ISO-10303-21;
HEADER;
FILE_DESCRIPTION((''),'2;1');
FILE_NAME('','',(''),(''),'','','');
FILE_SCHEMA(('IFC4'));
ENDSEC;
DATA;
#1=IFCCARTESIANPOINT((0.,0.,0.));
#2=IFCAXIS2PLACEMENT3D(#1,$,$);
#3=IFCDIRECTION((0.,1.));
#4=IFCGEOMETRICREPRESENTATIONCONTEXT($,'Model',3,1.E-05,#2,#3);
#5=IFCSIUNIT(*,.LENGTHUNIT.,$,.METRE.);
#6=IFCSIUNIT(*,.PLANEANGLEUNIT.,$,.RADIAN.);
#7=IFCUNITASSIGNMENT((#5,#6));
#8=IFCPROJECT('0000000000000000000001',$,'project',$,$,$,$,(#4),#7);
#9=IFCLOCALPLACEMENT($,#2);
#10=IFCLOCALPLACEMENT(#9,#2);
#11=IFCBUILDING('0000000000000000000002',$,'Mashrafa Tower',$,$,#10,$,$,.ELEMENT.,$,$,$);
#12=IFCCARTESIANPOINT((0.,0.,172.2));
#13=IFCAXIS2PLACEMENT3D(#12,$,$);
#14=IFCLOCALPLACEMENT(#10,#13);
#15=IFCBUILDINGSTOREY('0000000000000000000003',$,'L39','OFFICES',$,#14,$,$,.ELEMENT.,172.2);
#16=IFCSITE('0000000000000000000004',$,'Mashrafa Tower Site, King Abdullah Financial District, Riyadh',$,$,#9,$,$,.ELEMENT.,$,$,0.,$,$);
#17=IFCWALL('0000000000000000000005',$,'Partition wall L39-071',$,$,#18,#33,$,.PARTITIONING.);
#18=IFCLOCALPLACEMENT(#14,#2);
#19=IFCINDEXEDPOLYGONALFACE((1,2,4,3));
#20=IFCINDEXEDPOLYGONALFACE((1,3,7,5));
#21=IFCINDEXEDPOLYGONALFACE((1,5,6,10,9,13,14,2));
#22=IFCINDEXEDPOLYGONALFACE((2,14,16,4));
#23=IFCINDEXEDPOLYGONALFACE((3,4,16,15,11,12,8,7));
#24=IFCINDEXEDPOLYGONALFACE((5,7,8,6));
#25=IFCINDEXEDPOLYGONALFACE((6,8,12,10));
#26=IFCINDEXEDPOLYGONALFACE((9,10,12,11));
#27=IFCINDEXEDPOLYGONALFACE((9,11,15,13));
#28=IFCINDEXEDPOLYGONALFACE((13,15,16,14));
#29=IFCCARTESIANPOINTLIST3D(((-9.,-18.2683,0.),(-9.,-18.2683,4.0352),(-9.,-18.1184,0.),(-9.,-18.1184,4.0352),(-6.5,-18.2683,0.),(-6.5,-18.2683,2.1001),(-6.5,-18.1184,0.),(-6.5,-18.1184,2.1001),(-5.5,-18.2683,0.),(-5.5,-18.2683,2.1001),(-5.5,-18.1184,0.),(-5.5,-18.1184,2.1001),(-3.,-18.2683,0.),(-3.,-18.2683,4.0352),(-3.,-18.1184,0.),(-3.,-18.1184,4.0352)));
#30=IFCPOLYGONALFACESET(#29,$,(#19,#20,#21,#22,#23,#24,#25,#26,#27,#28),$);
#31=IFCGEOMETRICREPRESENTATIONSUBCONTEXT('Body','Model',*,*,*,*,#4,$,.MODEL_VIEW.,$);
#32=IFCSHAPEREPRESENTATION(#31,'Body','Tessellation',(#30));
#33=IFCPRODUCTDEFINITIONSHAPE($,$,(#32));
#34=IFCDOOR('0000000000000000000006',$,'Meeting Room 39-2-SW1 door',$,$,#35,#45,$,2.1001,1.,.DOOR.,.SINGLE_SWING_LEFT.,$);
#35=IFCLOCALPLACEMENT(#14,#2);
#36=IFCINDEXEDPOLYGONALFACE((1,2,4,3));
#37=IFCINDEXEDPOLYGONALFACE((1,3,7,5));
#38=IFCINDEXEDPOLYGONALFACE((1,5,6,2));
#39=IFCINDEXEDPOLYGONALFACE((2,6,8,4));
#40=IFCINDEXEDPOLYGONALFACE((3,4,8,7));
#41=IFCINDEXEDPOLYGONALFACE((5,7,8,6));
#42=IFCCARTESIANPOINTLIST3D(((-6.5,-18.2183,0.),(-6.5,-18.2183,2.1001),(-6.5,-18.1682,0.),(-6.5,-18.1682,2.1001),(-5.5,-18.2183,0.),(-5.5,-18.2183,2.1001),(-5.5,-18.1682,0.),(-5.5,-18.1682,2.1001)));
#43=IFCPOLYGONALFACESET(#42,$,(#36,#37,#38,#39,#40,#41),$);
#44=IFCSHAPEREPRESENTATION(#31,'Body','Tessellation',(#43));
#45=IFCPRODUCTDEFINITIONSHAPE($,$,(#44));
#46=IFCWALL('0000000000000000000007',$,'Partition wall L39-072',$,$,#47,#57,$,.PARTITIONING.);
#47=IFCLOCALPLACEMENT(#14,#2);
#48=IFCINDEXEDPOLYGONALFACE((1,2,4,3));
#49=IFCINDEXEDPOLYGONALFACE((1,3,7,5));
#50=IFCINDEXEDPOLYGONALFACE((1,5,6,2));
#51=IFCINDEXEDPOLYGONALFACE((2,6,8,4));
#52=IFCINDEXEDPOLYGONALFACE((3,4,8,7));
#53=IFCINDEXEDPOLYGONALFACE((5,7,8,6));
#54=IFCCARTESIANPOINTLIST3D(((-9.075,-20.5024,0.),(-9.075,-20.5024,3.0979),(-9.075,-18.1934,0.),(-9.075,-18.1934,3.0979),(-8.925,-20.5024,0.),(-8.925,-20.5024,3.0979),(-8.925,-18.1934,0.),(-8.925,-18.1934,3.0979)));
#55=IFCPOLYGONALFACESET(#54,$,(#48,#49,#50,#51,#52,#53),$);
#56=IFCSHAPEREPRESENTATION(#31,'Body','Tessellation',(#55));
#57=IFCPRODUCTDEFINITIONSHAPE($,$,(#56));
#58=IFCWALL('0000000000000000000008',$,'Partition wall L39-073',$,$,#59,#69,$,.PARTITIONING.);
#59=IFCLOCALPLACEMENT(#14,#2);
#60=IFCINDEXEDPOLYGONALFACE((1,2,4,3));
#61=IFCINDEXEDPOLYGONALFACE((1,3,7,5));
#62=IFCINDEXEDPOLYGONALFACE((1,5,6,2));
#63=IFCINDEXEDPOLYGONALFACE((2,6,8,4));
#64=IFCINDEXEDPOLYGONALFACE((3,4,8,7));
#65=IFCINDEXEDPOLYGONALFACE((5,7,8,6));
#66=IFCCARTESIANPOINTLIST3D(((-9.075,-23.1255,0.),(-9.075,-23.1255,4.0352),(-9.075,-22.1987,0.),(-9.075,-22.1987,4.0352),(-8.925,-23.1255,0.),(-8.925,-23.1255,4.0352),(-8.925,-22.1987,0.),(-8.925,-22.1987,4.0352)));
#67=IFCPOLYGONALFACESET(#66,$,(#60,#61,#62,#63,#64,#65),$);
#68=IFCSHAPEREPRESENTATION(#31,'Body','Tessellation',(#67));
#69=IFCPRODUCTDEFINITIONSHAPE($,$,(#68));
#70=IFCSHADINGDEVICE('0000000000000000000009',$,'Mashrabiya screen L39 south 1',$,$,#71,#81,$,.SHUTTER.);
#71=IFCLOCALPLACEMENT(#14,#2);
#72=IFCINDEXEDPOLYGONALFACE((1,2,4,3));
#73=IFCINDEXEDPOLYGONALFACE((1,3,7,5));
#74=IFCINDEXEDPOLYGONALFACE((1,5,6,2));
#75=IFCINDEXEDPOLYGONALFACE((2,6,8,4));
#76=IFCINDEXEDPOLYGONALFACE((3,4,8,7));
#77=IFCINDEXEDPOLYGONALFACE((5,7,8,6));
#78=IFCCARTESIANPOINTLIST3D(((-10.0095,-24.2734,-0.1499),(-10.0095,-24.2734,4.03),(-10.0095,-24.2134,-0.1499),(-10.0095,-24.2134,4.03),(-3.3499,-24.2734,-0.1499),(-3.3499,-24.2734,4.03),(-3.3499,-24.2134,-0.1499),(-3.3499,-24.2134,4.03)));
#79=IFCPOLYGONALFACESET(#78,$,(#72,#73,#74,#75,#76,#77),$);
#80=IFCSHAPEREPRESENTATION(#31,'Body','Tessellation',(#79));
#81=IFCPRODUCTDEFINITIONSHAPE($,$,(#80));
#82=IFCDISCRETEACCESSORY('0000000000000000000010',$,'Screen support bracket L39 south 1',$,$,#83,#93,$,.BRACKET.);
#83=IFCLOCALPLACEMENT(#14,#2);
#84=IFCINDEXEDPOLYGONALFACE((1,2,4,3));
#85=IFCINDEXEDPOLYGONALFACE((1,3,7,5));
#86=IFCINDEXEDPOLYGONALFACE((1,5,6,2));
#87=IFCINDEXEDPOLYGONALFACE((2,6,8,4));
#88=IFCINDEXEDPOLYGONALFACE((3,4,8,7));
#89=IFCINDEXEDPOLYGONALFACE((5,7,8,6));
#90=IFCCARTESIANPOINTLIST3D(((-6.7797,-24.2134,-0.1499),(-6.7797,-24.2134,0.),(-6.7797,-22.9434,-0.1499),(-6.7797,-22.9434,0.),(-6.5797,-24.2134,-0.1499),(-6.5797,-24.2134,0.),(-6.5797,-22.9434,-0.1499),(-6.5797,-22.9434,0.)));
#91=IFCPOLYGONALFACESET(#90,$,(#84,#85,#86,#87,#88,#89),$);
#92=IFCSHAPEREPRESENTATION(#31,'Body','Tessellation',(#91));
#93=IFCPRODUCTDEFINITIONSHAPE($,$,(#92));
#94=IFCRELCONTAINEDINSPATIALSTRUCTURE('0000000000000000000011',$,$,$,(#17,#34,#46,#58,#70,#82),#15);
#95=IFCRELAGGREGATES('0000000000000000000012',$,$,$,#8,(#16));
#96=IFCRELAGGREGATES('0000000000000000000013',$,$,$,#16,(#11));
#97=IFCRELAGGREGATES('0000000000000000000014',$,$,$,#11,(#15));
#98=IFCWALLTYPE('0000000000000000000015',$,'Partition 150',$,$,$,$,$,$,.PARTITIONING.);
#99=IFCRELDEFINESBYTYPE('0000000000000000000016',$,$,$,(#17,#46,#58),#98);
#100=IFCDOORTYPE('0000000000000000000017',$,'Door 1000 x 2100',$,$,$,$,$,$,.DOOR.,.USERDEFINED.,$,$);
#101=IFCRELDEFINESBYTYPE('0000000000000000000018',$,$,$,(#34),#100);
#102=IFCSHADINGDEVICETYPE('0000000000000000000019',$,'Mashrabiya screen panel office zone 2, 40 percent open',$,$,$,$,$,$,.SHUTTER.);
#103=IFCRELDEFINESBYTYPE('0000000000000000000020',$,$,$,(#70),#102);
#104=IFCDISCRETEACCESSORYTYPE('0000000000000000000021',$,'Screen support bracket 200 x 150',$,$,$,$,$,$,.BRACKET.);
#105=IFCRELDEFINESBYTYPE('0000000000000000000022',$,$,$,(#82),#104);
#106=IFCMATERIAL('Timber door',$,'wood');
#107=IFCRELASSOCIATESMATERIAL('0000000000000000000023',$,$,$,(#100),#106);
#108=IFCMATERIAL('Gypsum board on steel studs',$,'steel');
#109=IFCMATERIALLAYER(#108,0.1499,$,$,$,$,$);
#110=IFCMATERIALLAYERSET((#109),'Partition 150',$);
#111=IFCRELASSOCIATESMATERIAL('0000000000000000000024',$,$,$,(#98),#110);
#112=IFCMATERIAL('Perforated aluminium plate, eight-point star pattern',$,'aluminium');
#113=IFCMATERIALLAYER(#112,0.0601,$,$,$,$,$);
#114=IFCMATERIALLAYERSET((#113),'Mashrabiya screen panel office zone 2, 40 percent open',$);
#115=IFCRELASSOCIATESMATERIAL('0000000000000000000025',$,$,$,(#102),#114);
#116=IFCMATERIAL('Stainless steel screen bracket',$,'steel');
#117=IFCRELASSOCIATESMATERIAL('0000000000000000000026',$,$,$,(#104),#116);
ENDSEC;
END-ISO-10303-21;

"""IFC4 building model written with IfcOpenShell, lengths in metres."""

from ifc_helpers import new_model, si_unit, direction, frame, frame_2d, origin, origin_2d, place, context, subcontext, project, spatial, rectangle, extrude, source, transform, mapped, material, layer, layer_set, type_object, type_shapes, element, fill, save


model = new_model("IFC4")

# Units and contexts
model_context = context("Model", 3, precision=1e-05, world=origin(), true_north=direction((0.0, 1.0)))
body_context = subcontext(model_context, "Body", "Model", "MODEL_VIEW")
ifc_project = project(units=[si_unit("LENGTHUNIT", "METRE"), si_unit("PLANEANGLEUNIT", "RADIAN")], contexts=[model_context])

# Site, building, storey
site_placement = place(None, origin())
site = spatial("IfcSite", under=ifc_project, at=site_placement, Name="Mashrafa Tower Site, King Abdullah Financial District, Riyadh", CompositionType="ELEMENT", RefElevation=0.0)
building_placement = place(site_placement, origin())
building = spatial("IfcBuilding", under=site, at=building_placement, Name="Mashrafa Tower", CompositionType="ELEMENT")
storey_placement = place(building_placement, frame((0.0, 0.0, 172.2)))
storey = spatial("IfcBuildingStorey", under=building, at=storey_placement, Name="L39", Description="OFFICES", CompositionType="ELEMENT", Elevation=172.2)

# Shared definitions
ifc_material_1 = material(Name="Timber door", Category="wood")
door_type = type_object("IfcDoorType", Name="Door 1000 x 2100", OperationType="USERDEFINED", PredefinedType="DOOR", material=ifc_material_1)

# Shared definitions
ifc_material_2 = material(Name="Gypsum board on steel studs", Category="steel")
ifc_layer_1 = layer(ifc_material_2, 0.1499)
ifc_layer_set_1 = layer_set([ifc_layer_1], Name="Partition 150")
wall_type_1 = type_object("IfcWallType", Name="Partition 150", PredefinedType="PARTITIONING", material=ifc_layer_set_1)

# Wall, opening, door
wall_1_placement = place(storey_placement, frame((-3.0, -18.1934, 0.0), z_axis=(0.0, 0.0, 1.0), x_axis=(-1.0, 0.0, 0.0)))
wall_1 = element("IfcWall", 1, at=wall_1_placement, inside=storey, type_object=wall_type_1, Name="Partition wall L39-071", PredefinedType="PARTITIONING", context=body_context, shape_type="SweptSolid", body=[
    extrude(rectangle(XDim=6.0, YDim=0.1499, at=frame_2d((3.0, 0.0))), origin(), (0.0, 0.0, 1.0), 4.0352),
])
opening_1_placement = place(wall_1_placement, frame((2.5, 0.0, 0.0)))
opening_1 = element("IfcOpeningElement", 2, at=opening_1_placement, cuts=wall_1, PredefinedType="OPENING", context=body_context, shape_type="SweptSolid", body=[
    extrude(rectangle(XDim=1.0, YDim=2.1001, at=frame_2d((0.5, 1.05))), frame((0.0, 0.085, 0.0), z_axis=(0.0, -1.0, 0.0), x_axis=(1.0, 0.0, 0.0)), (0.0, 0.0, 1.0), 0.1699),
])
door_1_placement = place(opening_1_placement, origin())
door_1 = element("IfcDoor", 3, at=door_1_placement, inside=storey, type_object=door_type, Name="Meeting Room 39-2-SW1 door", OperationType="SINGLE_SWING_LEFT", OverallHeight=2.1001, OverallWidth=1.0, PredefinedType="DOOR", context=body_context, shape_type="SweptSolid", body=[
    extrude(rectangle(XDim=1.0, YDim=2.1001, at=frame_2d((0.5, 1.05))), frame((0.0, 0.0249, 0.0), z_axis=(0.0, -1.0, 0.0), x_axis=(1.0, 0.0, 0.0)), (0.0, 0.0, 1.0), 0.05),
])
fill(opening_1, door_1)

# Walls
wall_2_placement = place(storey_placement, frame((-9.0, -18.1934, 0.0), z_axis=(0.0, 0.0, 1.0), x_axis=(0.0, -1.0, 0.0)))
element("IfcWall", 4, at=wall_2_placement, inside=storey, type_object=wall_type_1, Name="Partition wall L39-072", PredefinedType="PARTITIONING", context=body_context, shape_type="SweptSolid", body=[
    extrude(rectangle(XDim=2.3091, YDim=0.1499, at=frame_2d((1.1545, 0.0))), origin(), (0.0, 0.0, 1.0), 3.0979),
])
wall_3_placement = place(storey_placement, frame((-9.0, -22.1987, 0.0), z_axis=(0.0, 0.0, 1.0), x_axis=(0.0, -1.0, 0.0)))
element("IfcWall", 5, at=wall_3_placement, inside=storey, type_object=wall_type_1, Name="Partition wall L39-073", PredefinedType="PARTITIONING", context=body_context, shape_type="SweptSolid", body=[
    extrude(rectangle(XDim=0.9268, YDim=0.1499, at=frame_2d((0.4634, 0.0))), origin(), (0.0, 0.0, 1.0), 4.0352),
])

# Shading device
ifc_material_3 = material(Name="Perforated aluminium plate, eight-point star pattern", Category="aluminium")
ifc_layer_2 = layer(ifc_material_3, 0.0601)
ifc_layer_set_2 = layer_set([ifc_layer_2], Name="Mashrabiya screen panel office zone 2, 40 percent open")
shading_device_type = type_object("IfcShadingDeviceType", Name="Mashrabiya screen panel office zone 2, 40 percent open", PredefinedType="SHUTTER", material=ifc_layer_set_2)
shared_shape_1 = source(origin(), body_context, "Body", "SweptSolid", [
    extrude(rectangle(XDim=6.6597, YDim=0.0601, at=origin_2d()), origin(), (0.0, 0.0, 1.0), 4.1799),
])
type_shapes(shading_device_type, [shared_shape_1])
shading_device_placement = place(storey_placement, frame((-6.6797, -24.2434, -0.1499), z_axis=(0.0, 0.0, 1.0), x_axis=(1.0, 0.0, 0.0)))
element("IfcShadingDevice", 6, at=shading_device_placement, inside=storey, type_object=shading_device_type, Name="Mashrabiya screen L39 south 1", PredefinedType="SHUTTER", context=body_context, shape_type="MappedRepresentation", body=[
    mapped(shared_shape_1, transform((0.0, 0.0, 0.0))),
])

# Discrete accessory
ifc_material_4 = material(Name="Stainless steel screen bracket", Category="steel")
discrete_accessory_type = type_object("IfcDiscreteAccessoryType", Name="Screen support bracket 200 x 150", PredefinedType="BRACKET", material=ifc_material_4)
shared_shape_2 = source(origin(), body_context, "Body", "SweptSolid", [
    extrude(rectangle(XDim=0.2, YDim=1.27, at=origin_2d()), origin(), (0.0, 0.0, 1.0), 0.1499),
])
type_shapes(discrete_accessory_type, [shared_shape_2])
discrete_accessory_placement = place(storey_placement, frame((-6.6797, -23.5784, -0.1499), z_axis=(0.0, 0.0, 1.0), x_axis=(1.0, 0.0, 0.0)))
element("IfcDiscreteAccessory", 7, at=discrete_accessory_placement, inside=storey, type_object=discrete_accessory_type, Name="Screen support bracket L39 south 1", PredefinedType="BRACKET", context=body_context, shape_type="MappedRepresentation", body=[
    mapped(shared_shape_2, transform((0.0, 0.0, 0.0))),
])

save(model, "model.ifc")
